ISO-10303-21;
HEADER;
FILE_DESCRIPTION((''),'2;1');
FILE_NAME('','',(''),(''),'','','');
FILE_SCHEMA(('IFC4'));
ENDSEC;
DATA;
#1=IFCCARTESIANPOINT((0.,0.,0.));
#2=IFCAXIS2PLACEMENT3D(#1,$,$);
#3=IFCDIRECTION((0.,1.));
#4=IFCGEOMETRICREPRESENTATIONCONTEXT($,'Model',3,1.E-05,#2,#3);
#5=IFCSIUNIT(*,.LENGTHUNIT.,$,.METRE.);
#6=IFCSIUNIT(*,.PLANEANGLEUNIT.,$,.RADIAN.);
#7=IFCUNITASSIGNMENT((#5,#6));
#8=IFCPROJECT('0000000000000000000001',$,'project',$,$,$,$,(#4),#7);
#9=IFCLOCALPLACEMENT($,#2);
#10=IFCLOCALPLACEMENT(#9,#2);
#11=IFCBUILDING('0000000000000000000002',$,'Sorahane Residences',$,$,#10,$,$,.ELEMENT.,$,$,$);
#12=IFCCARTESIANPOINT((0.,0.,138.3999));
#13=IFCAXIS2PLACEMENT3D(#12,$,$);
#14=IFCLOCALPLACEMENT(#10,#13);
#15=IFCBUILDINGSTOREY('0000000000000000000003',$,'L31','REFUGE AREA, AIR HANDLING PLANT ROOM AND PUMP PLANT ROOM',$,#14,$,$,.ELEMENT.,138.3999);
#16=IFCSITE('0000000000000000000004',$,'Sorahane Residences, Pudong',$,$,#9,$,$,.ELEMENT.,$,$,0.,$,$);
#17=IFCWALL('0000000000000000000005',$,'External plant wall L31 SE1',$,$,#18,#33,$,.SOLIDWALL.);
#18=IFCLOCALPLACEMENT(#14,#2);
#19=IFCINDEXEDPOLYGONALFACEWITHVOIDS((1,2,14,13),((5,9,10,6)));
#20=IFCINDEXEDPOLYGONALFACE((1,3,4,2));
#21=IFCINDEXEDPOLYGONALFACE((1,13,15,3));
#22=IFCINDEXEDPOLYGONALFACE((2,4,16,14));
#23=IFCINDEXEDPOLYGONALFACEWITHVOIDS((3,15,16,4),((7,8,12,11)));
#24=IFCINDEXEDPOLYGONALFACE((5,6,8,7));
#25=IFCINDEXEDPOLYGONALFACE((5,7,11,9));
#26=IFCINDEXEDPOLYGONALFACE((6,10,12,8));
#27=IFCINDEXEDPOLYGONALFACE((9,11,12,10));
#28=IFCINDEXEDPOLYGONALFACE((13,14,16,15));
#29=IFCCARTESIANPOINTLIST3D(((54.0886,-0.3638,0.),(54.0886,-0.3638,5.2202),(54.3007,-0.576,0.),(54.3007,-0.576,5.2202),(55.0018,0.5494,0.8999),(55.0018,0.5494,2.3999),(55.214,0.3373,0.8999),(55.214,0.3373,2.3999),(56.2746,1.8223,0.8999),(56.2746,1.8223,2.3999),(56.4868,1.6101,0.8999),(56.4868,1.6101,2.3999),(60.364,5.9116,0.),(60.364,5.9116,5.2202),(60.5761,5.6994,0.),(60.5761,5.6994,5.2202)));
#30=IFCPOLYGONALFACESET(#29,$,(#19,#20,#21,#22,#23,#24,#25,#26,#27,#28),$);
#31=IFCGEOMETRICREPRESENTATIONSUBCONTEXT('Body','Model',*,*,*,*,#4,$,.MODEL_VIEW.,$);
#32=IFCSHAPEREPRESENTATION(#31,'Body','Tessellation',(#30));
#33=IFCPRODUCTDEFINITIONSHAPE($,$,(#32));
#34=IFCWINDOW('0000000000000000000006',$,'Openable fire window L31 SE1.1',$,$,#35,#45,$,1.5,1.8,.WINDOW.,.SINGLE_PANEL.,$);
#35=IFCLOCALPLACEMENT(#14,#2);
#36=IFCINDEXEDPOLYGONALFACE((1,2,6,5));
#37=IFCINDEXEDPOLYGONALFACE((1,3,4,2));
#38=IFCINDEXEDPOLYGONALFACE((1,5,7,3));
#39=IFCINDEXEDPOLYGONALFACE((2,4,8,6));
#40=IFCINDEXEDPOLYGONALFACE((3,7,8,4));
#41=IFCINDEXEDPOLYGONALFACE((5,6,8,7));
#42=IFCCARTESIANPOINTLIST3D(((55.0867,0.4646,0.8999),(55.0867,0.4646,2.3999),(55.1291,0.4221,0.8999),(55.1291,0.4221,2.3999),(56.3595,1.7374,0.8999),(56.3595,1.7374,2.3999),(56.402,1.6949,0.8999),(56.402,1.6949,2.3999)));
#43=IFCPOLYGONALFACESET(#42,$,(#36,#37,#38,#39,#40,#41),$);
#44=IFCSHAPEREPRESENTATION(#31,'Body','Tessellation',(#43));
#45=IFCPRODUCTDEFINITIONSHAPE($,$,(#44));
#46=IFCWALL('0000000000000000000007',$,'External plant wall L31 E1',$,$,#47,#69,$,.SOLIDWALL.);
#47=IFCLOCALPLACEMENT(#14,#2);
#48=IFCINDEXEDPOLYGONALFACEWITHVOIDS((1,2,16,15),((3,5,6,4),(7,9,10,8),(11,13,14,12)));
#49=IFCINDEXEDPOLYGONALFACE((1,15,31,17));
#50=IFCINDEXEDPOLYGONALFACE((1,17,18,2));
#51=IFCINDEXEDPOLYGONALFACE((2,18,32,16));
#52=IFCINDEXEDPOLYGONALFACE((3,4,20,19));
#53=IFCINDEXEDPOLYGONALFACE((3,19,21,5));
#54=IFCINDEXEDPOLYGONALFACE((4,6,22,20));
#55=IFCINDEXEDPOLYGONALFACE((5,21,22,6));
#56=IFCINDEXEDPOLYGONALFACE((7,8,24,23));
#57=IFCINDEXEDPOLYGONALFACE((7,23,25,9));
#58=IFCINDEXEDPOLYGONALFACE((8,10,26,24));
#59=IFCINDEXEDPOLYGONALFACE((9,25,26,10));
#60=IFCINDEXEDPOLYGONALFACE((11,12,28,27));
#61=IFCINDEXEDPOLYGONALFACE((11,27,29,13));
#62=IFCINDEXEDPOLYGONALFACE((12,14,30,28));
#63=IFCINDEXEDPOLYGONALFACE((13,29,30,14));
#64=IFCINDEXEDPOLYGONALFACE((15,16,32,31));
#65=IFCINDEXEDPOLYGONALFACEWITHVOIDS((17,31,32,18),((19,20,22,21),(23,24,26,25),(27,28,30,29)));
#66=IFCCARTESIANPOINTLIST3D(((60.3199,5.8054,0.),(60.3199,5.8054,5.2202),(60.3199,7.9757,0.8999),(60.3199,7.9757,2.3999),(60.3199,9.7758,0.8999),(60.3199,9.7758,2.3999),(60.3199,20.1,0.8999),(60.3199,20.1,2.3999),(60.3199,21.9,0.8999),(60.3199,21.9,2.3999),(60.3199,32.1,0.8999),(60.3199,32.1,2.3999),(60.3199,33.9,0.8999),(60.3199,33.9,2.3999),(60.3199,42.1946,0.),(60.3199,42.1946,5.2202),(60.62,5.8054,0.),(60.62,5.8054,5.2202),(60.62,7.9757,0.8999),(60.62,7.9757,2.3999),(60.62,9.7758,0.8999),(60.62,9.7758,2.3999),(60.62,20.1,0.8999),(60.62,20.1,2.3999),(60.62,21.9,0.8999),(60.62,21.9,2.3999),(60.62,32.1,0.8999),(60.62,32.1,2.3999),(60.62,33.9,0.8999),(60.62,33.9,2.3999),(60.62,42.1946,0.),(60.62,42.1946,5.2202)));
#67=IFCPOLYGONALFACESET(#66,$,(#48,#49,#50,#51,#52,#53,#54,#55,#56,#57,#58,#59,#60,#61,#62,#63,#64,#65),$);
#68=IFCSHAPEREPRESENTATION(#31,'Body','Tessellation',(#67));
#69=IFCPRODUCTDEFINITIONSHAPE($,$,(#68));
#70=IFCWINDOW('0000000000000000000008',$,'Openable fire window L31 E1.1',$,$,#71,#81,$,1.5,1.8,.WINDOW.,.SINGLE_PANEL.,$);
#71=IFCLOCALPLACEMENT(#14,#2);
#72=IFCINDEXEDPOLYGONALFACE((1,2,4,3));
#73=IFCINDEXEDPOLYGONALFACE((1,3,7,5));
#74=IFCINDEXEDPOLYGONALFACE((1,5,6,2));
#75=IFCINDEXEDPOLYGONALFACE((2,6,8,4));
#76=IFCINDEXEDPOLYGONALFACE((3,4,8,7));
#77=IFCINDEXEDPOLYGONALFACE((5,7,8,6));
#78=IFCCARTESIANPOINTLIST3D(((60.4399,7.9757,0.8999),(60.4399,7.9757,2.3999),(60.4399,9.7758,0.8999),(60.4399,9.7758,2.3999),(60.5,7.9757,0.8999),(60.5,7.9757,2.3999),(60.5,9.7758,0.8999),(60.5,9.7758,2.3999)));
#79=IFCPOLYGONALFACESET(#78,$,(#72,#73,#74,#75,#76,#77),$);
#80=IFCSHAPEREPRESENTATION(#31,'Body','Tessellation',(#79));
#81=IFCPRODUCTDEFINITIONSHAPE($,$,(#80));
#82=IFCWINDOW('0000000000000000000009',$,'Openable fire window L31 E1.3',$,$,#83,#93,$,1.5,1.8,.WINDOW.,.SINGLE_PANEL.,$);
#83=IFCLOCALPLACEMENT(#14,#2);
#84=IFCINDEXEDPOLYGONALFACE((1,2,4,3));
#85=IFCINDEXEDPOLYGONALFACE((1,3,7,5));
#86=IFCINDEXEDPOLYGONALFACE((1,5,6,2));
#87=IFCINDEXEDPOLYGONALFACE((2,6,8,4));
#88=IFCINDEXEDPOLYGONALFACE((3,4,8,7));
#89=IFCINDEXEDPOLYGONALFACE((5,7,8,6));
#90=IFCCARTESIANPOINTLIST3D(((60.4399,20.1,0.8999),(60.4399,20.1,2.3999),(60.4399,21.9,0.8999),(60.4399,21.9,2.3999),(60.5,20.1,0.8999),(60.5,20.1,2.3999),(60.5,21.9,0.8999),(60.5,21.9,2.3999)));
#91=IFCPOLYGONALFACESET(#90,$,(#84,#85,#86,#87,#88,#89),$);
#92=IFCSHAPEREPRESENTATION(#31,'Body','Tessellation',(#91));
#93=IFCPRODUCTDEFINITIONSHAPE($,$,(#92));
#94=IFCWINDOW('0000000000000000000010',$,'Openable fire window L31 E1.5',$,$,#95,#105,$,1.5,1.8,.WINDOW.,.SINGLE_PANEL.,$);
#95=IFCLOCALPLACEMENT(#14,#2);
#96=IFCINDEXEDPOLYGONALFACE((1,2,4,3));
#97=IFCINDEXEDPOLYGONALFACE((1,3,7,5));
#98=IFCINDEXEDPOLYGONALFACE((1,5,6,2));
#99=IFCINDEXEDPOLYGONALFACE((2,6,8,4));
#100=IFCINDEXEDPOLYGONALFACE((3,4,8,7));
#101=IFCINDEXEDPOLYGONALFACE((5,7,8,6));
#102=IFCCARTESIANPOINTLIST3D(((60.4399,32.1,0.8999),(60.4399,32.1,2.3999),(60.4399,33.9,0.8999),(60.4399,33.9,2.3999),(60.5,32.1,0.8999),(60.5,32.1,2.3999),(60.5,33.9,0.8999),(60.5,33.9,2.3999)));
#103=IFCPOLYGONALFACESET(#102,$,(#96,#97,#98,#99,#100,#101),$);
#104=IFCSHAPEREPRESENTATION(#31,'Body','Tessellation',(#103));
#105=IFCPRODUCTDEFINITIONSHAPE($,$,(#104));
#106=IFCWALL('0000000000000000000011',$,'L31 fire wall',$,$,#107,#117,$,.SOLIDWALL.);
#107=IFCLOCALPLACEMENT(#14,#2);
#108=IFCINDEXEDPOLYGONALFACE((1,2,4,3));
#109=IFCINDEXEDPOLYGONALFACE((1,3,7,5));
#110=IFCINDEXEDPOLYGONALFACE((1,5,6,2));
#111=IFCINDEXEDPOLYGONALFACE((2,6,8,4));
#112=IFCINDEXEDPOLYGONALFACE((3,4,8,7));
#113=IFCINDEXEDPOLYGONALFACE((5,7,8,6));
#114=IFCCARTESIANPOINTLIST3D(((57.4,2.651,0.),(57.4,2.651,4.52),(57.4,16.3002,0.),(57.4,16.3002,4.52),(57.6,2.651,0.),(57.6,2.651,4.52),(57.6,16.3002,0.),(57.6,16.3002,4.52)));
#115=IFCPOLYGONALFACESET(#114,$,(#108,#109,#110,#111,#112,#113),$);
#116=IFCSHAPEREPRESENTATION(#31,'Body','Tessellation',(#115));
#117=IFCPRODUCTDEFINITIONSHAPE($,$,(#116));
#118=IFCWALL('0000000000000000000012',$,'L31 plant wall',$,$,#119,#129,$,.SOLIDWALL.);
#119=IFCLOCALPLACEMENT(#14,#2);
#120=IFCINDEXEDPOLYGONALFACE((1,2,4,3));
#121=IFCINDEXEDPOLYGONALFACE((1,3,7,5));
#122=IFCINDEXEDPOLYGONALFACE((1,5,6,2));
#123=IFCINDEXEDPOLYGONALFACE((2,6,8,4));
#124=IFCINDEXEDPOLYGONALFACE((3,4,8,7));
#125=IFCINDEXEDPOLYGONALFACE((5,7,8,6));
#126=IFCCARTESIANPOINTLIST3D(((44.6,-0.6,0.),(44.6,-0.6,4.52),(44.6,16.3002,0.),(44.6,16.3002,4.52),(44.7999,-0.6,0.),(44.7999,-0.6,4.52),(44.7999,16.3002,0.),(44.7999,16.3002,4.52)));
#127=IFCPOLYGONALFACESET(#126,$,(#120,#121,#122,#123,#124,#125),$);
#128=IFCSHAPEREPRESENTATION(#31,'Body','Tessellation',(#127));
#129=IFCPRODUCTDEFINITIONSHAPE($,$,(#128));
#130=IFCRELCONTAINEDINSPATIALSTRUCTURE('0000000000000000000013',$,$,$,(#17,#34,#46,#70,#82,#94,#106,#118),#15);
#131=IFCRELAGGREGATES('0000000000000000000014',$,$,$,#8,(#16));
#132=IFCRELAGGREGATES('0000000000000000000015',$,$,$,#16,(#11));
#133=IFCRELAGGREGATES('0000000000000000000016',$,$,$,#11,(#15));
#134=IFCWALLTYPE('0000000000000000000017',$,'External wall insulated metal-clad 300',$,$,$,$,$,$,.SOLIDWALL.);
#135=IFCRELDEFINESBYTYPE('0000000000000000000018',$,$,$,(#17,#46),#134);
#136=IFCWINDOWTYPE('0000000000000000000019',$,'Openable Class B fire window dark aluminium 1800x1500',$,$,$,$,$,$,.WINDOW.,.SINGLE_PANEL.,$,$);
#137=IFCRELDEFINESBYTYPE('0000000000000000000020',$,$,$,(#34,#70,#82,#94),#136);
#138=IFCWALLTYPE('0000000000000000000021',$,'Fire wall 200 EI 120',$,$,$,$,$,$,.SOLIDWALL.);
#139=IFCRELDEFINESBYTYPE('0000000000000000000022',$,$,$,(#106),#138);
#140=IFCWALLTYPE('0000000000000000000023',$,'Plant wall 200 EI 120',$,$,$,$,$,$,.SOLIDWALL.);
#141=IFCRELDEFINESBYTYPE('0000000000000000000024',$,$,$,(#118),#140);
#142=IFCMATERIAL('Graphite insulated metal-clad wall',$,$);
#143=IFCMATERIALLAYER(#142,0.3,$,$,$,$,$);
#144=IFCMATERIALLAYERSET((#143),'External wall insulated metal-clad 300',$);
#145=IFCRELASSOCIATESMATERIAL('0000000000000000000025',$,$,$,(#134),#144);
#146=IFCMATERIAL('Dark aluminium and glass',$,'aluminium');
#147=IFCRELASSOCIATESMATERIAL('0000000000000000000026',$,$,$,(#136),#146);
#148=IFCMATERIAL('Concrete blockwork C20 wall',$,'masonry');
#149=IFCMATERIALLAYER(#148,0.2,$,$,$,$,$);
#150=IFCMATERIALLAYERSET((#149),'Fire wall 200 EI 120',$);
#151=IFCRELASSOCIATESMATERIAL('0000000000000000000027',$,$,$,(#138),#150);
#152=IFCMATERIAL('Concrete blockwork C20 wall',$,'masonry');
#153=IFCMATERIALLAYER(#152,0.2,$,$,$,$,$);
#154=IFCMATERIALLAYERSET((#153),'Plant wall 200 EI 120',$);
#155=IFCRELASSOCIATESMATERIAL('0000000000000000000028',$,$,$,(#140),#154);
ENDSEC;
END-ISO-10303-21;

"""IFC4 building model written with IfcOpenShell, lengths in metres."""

from ifc_helpers import new_model, si_unit, direction, frame, frame_2d, origin, place, context, subcontext, project, spatial, rectangle, extrude, material, layer, layer_set, type_object, element, fill, save


model = new_model("IFC4")

# Units and contexts
model_context = context("Model", 3, precision=1e-05, world=origin(), true_north=direction((0.0, 1.0)))
body_context = subcontext(model_context, "Body", "Model", "MODEL_VIEW")
ifc_project = project(units=[si_unit("LENGTHUNIT", "METRE"), si_unit("PLANEANGLEUNIT", "RADIAN")], contexts=[model_context])

# Site, building, storey
site_placement = place(None, origin())
site = spatial("IfcSite", under=ifc_project, at=site_placement, Name="Sorahane Residences, Pudong", CompositionType="ELEMENT", RefElevation=0.0)
building_placement = place(site_placement, origin())
building = spatial("IfcBuilding", under=site, at=building_placement, Name="Sorahane Residences", CompositionType="ELEMENT")
storey_placement = place(building_placement, frame((0.0, 0.0, 138.3999)))
storey = spatial("IfcBuildingStorey", under=building, at=storey_placement, Name="L31", Description="REFUGE AREA, AIR HANDLING PLANT ROOM AND PUMP PLANT ROOM", CompositionType="ELEMENT", Elevation=138.3999)

# Wall, opening, window
ifc_material_1 = material(Name="Graphite insulated metal-clad wall")
ifc_layer_1 = layer(ifc_material_1, 0.3)
ifc_layer_set_1 = layer_set([ifc_layer_1], Name="External wall insulated metal-clad 300")
wall_type_1 = type_object("IfcWallType", Name="External wall insulated metal-clad 300", PredefinedType="SOLIDWALL", material=ifc_layer_set_1)
wall_1_placement = place(storey_placement, frame((54.1946, -0.47, 0.0), z_axis=(0.0, 0.0, 1.0), x_axis=(0.707107, 0.707107, 0.0)))
wall_1 = element("IfcWall", 1, at=wall_1_placement, inside=storey, type_object=wall_type_1, Name="External plant wall L31 SE1", PredefinedType="SOLIDWALL", context=body_context, shape_type="SweptSolid", body=[
    extrude(rectangle(XDim=8.8748, YDim=0.3, at=frame_2d((4.4375, 0.0))), origin(), (0.0, 0.0, 1.0), 5.2202),
])
opening_1_placement = place(wall_1_placement, frame((1.2917, 0.0, 0.8999)))
opening_1 = element("IfcOpeningElement", 2, at=opening_1_placement, cuts=wall_1, PredefinedType="OPENING", context=body_context, shape_type="SweptSolid", body=[
    extrude(rectangle(XDim=1.8, YDim=1.5, at=frame_2d((0.8999, 0.75))), frame((0.0, 0.1599, 0.0), z_axis=(0.0, -1.0, 0.0), x_axis=(1.0, 0.0, 0.0)), (0.0, 0.0, 1.0), 0.3201),
])
ifc_material_2 = material(Name="Dark aluminium and glass", Category="aluminium")
window_type = type_object("IfcWindowType", Name="Openable Class B fire window dark aluminium 1800x1500", PartitioningType="SINGLE_PANEL", PredefinedType="WINDOW", material=ifc_material_2)
window_1_placement = place(opening_1_placement, origin())
window_1 = element("IfcWindow", 3, at=window_1_placement, inside=storey, type_object=window_type, Name="Openable fire window L31 SE1.1", OverallHeight=1.5, OverallWidth=1.8, PartitioningType="SINGLE_PANEL", PredefinedType="WINDOW", context=body_context, shape_type="SweptSolid", body=[
    extrude(rectangle(XDim=1.8, YDim=1.5, at=frame_2d((0.8999, 0.75))), frame((0.0, 0.03, 0.0), z_axis=(0.0, -1.0, 0.0), x_axis=(1.0, 0.0, 0.0)), (0.0, 0.0, 1.0), 0.0601),
])
fill(opening_1, window_1)

# Wall, openings, windows
wall_2_placement = place(storey_placement, frame((60.47, 5.8054, 0.0), z_axis=(0.0, 0.0, 1.0), x_axis=(0.0, 1.0, 0.0)))
wall_2 = element("IfcWall", 4, at=wall_2_placement, inside=storey, type_object=wall_type_1, Name="External plant wall L31 E1", PredefinedType="SOLIDWALL", context=body_context, shape_type="SweptSolid", body=[
    extrude(rectangle(XDim=36.3892, YDim=0.3, at=frame_2d((18.1946, 0.0))), origin(), (0.0, 0.0, 1.0), 5.2202),
])
opening_2_placement = place(wall_2_placement, frame((2.1704, 0.0, 0.8999)))
opening_2 = element("IfcOpeningElement", 5, at=opening_2_placement, cuts=wall_2, PredefinedType="OPENING", context=body_context, shape_type="SweptSolid", body=[
    extrude(rectangle(XDim=1.8, YDim=1.5, at=frame_2d((0.8999, 0.75))), frame((0.0, 0.1599, 0.0), z_axis=(0.0, -1.0, 0.0), x_axis=(1.0, 0.0, 0.0)), (0.0, 0.0, 1.0), 0.3201),
])
opening_3_placement = place(wall_2_placement, frame((14.2947, 0.0, 0.8999)))
opening_3 = element("IfcOpeningElement", 6, at=opening_3_placement, cuts=wall_2, PredefinedType="OPENING", context=body_context, shape_type="SweptSolid", body=[
    extrude(rectangle(XDim=1.8, YDim=1.5, at=frame_2d((0.8999, 0.75))), frame((0.0, 0.1599, 0.0), z_axis=(0.0, -1.0, 0.0), x_axis=(1.0, 0.0, 0.0)), (0.0, 0.0, 1.0), 0.3201),
])
opening_4_placement = place(wall_2_placement, frame((26.2947, 0.0, 0.8999)))
opening_4 = element("IfcOpeningElement", 7, at=opening_4_placement, cuts=wall_2, PredefinedType="OPENING", context=body_context, shape_type="SweptSolid", body=[
    extrude(rectangle(XDim=1.8, YDim=1.5, at=frame_2d((0.8999, 0.75))), frame((0.0, 0.1599, 0.0), z_axis=(0.0, -1.0, 0.0), x_axis=(1.0, 0.0, 0.0)), (0.0, 0.0, 1.0), 0.3201),
])
window_2_placement = place(opening_2_placement, origin())
window_2 = element("IfcWindow", 8, at=window_2_placement, inside=storey, type_object=window_type, Name="Openable fire window L31 E1.1", OverallHeight=1.5, OverallWidth=1.8, PartitioningType="SINGLE_PANEL", PredefinedType="WINDOW", context=body_context, shape_type="SweptSolid", body=[
    extrude(rectangle(XDim=1.8, YDim=1.5, at=frame_2d((0.8999, 0.75))), frame((0.0, 0.03, 0.0), z_axis=(0.0, -1.0, 0.0), x_axis=(1.0, 0.0, 0.0)), (0.0, 0.0, 1.0), 0.0601),
])
fill(opening_2, window_2)
window_3_placement = place(opening_3_placement, origin())
window_3 = element("IfcWindow", 9, at=window_3_placement, inside=storey, type_object=window_type, Name="Openable fire window L31 E1.3", OverallHeight=1.5, OverallWidth=1.8, PartitioningType="SINGLE_PANEL", PredefinedType="WINDOW", context=body_context, shape_type="SweptSolid", body=[
    extrude(rectangle(XDim=1.8, YDim=1.5, at=frame_2d((0.8999, 0.75))), frame((0.0, 0.03, 0.0), z_axis=(0.0, -1.0, 0.0), x_axis=(1.0, 0.0, 0.0)), (0.0, 0.0, 1.0), 0.0601),
])
fill(opening_3, window_3)
window_4_placement = place(opening_4_placement, origin())
window_4 = element("IfcWindow", 10, at=window_4_placement, inside=storey, type_object=window_type, Name="Openable fire window L31 E1.5", OverallHeight=1.5, OverallWidth=1.8, PartitioningType="SINGLE_PANEL", PredefinedType="WINDOW", context=body_context, shape_type="SweptSolid", body=[
    extrude(rectangle(XDim=1.8, YDim=1.5, at=frame_2d((0.8999, 0.75))), frame((0.0, 0.03, 0.0), z_axis=(0.0, -1.0, 0.0), x_axis=(1.0, 0.0, 0.0)), (0.0, 0.0, 1.0), 0.0601),
])
fill(opening_4, window_4)

# Walls
ifc_material_3 = material(Name="Concrete blockwork C20 wall", Category="masonry")
ifc_layer_2 = layer(ifc_material_3, 0.2)
ifc_layer_set_2 = layer_set([ifc_layer_2], Name="Fire wall 200 EI 120")
wall_type_2 = type_object("IfcWallType", Name="Fire wall 200 EI 120", PredefinedType="SOLIDWALL", material=ifc_layer_set_2)
wall_3_placement = place(storey_placement, frame((57.5, 2.6509, 0.0), z_axis=(0.0, 0.0, 1.0), x_axis=(0.0, 1.0, 0.0)))
element("IfcWall", 11, at=wall_3_placement, inside=storey, type_object=wall_type_2, Name="L31 fire wall", PredefinedType="SOLIDWALL", context=body_context, shape_type="SweptSolid", body=[
    extrude(rectangle(XDim=13.6492, YDim=0.2, at=frame_2d((6.8247, 0.0))), origin(), (0.0, 0.0, 1.0), 4.52),
])
ifc_material_4 = material(Name="Concrete blockwork C20 wall", Category="masonry")
ifc_layer_3 = layer(ifc_material_4, 0.2)
ifc_layer_set_3 = layer_set([ifc_layer_3], Name="Plant wall 200 EI 120")
wall_type_3 = type_object("IfcWallType", Name="Plant wall 200 EI 120", PredefinedType="SOLIDWALL", material=ifc_layer_set_3)
wall_4_placement = place(storey_placement, frame((44.7, -0.6001, 0.0), z_axis=(0.0, 0.0, 1.0), x_axis=(0.0, 1.0, 0.0)))
element("IfcWall", 12, at=wall_4_placement, inside=storey, type_object=wall_type_3, Name="L31 plant wall", PredefinedType="SOLIDWALL", context=body_context, shape_type="SweptSolid", body=[
    extrude(rectangle(XDim=16.9001, YDim=0.2, at=frame_2d((8.4502, 0.0))), origin(), (0.0, 0.0, 1.0), 4.52),
])

save(model, "model.ifc")
